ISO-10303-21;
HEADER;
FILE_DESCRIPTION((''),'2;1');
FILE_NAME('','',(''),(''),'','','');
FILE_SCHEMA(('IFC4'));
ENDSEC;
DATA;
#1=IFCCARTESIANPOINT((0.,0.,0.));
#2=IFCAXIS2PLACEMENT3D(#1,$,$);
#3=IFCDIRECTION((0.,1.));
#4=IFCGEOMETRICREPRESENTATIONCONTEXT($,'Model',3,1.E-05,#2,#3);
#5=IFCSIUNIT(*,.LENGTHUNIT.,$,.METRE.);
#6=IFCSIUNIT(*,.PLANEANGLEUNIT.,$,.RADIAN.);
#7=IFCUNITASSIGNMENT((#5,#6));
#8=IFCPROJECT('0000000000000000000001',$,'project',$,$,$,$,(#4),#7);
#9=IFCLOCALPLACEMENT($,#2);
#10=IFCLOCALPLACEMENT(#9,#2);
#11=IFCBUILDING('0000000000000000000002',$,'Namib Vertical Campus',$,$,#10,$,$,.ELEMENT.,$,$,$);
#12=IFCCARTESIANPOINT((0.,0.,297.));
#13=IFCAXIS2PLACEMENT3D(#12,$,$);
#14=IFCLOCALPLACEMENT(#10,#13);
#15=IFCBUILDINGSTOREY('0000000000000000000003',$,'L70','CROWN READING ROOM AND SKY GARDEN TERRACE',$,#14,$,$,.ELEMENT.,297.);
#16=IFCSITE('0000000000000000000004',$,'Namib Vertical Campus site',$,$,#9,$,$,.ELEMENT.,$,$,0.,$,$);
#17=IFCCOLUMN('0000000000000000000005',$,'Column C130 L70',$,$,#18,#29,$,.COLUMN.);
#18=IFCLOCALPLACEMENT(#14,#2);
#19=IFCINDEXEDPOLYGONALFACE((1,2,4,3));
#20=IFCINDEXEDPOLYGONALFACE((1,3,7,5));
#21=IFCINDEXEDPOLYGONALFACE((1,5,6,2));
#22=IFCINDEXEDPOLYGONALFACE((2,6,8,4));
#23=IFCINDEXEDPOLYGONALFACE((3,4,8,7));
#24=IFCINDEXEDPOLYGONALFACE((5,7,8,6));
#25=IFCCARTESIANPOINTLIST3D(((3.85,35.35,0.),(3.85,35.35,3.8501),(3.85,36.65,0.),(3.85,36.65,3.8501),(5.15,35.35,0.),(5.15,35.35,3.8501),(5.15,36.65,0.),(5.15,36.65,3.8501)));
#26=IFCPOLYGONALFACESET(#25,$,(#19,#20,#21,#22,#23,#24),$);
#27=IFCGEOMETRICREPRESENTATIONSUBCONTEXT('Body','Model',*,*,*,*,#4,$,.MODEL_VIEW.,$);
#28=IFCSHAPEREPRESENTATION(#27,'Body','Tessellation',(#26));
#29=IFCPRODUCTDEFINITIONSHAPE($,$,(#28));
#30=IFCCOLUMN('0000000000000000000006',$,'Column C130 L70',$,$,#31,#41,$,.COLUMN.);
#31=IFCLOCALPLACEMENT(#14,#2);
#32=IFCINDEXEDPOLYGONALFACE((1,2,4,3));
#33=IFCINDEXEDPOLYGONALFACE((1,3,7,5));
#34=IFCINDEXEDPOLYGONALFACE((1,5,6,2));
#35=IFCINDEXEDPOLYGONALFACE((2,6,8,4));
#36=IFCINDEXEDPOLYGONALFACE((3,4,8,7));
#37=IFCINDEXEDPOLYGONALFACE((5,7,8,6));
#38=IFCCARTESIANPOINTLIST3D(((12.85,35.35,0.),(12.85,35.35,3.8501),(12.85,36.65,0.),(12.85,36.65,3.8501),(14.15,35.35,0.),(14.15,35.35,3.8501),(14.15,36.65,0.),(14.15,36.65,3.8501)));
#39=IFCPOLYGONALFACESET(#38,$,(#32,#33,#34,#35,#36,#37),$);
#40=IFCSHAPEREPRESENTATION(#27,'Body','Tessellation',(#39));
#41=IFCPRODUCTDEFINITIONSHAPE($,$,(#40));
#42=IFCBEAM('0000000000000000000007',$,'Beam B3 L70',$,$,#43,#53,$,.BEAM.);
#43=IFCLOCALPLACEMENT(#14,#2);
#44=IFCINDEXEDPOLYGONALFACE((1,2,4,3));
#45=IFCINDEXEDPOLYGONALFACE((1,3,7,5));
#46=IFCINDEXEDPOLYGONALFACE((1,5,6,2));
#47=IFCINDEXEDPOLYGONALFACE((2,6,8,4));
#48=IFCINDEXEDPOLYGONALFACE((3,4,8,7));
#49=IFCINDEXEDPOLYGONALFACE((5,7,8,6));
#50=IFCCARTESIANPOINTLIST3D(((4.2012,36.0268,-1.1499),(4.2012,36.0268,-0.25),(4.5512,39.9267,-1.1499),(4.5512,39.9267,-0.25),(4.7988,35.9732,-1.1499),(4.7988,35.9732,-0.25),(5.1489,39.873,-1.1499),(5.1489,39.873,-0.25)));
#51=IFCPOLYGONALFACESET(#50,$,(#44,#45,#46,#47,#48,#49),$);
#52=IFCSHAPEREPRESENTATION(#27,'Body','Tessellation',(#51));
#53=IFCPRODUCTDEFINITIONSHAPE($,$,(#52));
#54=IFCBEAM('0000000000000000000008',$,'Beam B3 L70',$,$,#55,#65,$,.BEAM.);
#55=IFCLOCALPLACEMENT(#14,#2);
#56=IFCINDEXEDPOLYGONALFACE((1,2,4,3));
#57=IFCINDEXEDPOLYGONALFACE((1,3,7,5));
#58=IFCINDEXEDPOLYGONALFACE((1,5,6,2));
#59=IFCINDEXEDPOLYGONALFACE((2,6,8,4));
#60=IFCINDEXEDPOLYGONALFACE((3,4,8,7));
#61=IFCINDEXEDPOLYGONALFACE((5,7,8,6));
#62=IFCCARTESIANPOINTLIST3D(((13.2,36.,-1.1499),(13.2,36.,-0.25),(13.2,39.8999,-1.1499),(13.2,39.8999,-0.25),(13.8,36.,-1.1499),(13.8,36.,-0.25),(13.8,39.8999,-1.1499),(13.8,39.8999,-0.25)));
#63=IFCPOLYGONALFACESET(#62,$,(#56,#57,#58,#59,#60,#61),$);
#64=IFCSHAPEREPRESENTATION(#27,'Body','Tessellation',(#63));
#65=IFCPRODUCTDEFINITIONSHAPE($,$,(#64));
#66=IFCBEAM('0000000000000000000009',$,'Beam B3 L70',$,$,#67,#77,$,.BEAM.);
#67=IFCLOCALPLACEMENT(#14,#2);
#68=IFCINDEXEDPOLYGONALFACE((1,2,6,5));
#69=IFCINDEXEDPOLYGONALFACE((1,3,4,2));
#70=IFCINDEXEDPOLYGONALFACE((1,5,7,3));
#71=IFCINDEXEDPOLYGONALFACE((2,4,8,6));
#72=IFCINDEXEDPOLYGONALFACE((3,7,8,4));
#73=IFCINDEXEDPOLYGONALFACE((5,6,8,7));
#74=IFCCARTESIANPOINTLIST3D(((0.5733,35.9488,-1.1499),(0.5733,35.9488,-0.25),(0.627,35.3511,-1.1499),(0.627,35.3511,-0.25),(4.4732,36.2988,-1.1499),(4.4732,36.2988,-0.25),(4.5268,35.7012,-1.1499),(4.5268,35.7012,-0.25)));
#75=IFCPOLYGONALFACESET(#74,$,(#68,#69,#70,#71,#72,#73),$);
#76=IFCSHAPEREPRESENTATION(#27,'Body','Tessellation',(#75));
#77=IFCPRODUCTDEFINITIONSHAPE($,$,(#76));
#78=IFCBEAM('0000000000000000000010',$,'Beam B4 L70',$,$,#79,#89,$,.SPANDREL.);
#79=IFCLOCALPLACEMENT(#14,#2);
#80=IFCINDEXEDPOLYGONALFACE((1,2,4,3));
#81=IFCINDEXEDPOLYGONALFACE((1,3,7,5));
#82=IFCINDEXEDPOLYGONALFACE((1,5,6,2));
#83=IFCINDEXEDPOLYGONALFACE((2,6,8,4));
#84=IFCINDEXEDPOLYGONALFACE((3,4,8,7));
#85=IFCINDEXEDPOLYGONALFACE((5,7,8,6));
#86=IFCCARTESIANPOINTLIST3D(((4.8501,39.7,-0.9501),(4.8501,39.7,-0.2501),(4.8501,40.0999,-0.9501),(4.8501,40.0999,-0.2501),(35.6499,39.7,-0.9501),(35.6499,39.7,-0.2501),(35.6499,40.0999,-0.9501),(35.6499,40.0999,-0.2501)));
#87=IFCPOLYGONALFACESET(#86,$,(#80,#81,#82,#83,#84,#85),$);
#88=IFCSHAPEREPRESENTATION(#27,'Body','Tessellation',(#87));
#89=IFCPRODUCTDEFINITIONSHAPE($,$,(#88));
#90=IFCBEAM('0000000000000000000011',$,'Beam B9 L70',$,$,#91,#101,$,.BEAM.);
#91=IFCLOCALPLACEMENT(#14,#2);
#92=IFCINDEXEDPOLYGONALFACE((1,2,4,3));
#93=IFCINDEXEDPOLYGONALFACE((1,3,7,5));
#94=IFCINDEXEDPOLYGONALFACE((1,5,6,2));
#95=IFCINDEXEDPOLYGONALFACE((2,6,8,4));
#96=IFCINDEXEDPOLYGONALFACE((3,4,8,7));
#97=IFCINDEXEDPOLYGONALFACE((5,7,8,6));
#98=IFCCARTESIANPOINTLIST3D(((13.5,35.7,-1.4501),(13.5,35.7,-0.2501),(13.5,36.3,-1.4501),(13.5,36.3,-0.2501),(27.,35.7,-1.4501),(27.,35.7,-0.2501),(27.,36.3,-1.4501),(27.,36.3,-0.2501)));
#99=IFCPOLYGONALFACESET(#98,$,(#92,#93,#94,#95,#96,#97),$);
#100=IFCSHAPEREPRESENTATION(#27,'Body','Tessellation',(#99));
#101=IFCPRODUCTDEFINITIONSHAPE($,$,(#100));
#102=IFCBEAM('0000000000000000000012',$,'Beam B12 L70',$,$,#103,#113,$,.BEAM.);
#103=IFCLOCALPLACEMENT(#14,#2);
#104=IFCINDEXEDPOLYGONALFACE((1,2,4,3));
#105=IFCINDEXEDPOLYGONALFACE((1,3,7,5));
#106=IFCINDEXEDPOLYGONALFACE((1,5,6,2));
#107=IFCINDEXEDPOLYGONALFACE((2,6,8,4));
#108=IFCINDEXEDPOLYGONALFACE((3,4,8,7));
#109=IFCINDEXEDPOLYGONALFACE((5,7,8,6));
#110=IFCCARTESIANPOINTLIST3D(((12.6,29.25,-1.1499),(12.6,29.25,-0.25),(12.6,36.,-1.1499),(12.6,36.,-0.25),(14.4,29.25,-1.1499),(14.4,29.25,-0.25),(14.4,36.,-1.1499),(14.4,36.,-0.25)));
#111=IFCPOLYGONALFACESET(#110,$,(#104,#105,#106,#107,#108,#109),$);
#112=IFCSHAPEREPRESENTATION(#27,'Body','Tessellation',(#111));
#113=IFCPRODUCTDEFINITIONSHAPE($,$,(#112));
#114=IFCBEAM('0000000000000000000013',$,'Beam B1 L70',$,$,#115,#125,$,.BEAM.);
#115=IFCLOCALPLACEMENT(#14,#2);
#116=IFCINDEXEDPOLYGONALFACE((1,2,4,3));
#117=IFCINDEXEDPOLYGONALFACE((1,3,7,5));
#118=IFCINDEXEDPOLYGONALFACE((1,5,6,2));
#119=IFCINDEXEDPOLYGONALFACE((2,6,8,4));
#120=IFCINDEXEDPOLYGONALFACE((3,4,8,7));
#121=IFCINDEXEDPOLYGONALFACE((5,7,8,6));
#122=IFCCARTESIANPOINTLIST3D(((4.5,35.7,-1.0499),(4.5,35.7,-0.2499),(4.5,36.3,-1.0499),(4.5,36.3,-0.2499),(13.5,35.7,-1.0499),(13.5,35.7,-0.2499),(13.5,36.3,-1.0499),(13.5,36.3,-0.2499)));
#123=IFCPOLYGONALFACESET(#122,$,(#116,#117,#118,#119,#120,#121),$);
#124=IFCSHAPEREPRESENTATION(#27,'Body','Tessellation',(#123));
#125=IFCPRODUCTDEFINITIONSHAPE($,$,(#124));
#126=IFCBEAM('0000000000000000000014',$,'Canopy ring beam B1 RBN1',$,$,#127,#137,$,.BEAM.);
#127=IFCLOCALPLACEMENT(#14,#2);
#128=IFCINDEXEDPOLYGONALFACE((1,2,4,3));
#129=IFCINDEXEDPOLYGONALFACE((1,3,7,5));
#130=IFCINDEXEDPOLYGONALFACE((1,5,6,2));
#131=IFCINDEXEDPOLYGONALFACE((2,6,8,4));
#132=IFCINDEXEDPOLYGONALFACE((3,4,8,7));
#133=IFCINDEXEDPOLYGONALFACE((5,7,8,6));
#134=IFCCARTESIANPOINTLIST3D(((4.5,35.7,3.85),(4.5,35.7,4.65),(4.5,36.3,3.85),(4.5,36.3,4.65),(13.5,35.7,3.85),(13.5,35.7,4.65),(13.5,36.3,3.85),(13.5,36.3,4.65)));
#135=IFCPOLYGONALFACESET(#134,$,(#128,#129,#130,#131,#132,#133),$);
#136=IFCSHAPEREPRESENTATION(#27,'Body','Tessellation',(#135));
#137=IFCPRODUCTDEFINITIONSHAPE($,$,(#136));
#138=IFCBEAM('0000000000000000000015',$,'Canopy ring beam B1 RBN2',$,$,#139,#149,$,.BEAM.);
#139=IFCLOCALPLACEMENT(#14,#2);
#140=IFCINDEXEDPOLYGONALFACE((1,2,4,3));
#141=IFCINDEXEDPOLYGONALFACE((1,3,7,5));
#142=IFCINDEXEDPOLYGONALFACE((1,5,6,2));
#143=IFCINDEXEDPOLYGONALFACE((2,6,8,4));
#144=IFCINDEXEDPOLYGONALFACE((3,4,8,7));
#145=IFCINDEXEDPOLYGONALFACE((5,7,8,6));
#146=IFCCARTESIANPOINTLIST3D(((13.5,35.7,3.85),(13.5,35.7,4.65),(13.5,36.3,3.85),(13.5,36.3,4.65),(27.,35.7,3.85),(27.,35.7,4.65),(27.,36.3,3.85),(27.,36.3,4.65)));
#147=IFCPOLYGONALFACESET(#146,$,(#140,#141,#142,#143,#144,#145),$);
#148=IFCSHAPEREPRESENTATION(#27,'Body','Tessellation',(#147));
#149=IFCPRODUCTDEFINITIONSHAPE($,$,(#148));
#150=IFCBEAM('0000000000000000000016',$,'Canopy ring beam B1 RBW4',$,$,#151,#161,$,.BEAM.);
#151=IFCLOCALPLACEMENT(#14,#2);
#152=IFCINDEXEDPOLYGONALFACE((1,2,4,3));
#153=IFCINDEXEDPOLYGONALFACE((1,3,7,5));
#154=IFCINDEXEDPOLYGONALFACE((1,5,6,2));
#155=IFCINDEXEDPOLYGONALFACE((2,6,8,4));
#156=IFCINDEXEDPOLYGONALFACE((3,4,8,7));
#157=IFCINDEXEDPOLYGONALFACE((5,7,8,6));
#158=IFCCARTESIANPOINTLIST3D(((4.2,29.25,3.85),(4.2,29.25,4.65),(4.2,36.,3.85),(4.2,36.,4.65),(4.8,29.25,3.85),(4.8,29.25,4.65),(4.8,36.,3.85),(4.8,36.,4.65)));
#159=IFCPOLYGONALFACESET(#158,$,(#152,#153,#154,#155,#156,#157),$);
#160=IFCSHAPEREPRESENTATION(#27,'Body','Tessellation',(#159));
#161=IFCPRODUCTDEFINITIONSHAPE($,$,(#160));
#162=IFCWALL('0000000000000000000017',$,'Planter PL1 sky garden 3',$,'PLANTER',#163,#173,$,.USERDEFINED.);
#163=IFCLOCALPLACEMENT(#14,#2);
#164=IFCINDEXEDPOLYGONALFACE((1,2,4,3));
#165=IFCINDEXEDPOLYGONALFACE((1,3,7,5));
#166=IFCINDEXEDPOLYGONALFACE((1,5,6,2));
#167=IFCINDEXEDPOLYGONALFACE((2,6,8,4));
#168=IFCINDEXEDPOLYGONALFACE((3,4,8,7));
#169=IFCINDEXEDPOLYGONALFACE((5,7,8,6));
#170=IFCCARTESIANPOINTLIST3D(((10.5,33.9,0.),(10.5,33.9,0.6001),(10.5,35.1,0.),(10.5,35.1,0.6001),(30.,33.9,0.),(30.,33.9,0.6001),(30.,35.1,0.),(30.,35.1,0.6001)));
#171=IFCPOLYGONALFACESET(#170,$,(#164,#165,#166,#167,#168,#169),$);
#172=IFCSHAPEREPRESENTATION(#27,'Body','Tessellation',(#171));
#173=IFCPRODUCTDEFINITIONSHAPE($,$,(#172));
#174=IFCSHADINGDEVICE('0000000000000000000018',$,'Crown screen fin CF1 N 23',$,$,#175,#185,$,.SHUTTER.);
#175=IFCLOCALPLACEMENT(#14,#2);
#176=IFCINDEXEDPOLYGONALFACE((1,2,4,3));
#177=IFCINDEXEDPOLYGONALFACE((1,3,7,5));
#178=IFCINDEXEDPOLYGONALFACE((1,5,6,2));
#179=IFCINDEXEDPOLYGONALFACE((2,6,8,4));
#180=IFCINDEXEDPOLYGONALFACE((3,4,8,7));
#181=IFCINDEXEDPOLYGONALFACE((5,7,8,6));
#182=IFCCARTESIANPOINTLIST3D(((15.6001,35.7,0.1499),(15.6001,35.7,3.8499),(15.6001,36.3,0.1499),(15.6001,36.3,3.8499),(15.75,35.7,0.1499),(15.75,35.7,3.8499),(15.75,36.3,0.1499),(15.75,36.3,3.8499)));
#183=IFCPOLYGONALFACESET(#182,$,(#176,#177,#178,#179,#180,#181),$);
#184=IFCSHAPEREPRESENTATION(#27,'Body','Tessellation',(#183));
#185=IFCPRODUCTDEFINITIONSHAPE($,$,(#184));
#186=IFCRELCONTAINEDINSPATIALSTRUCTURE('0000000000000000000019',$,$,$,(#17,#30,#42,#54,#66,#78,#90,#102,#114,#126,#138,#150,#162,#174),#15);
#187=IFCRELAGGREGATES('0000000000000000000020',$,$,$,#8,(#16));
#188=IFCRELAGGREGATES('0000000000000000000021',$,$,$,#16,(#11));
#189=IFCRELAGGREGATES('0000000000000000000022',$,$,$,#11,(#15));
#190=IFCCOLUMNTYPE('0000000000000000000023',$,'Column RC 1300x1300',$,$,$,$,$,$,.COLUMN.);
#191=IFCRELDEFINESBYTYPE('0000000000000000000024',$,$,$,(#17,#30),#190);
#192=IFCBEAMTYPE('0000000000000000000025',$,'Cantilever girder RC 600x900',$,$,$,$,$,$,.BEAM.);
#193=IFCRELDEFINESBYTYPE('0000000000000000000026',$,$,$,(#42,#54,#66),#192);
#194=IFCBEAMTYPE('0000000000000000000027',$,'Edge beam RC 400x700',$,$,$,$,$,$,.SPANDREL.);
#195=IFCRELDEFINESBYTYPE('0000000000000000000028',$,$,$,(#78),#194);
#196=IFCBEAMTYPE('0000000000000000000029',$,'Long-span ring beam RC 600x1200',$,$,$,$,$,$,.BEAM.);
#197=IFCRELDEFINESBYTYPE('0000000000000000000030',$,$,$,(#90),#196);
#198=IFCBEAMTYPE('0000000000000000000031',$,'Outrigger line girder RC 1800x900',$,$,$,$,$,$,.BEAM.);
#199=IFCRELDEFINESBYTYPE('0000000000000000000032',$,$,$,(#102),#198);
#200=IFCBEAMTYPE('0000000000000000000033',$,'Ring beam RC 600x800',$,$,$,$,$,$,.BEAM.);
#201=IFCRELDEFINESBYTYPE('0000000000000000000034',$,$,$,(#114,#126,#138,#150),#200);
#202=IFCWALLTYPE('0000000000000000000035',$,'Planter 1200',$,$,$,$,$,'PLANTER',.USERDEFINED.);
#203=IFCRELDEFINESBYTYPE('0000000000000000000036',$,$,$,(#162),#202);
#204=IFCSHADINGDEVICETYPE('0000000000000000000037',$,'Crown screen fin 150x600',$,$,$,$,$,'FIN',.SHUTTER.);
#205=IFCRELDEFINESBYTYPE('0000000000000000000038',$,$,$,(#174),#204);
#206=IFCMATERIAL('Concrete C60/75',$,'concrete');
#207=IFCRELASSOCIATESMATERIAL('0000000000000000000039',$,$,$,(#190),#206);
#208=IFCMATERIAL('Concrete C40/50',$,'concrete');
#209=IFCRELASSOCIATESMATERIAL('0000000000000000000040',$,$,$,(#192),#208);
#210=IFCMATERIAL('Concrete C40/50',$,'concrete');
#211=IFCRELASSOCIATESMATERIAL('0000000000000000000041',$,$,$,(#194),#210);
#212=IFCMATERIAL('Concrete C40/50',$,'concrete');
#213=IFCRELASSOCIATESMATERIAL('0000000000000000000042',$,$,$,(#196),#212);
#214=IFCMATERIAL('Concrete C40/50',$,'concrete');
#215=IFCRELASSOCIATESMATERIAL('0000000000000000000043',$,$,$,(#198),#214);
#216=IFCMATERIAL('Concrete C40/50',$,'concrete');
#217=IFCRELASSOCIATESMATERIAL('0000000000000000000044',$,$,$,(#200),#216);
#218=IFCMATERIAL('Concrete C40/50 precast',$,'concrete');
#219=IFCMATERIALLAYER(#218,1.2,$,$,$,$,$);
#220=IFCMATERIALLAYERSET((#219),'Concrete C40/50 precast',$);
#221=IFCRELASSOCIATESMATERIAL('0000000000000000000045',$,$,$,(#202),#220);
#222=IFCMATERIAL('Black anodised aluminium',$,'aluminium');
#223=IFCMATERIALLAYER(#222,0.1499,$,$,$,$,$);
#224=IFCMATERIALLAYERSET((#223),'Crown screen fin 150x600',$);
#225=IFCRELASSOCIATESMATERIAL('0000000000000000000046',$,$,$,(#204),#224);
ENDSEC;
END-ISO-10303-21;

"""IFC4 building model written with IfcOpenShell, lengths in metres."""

from ifc_helpers import new_model, si_unit, direction, frame, frame_2d, origin, origin_2d, place, context, subcontext, project, spatial, rectangle, extrude, material, layer, layer_set, material_profile, profile_set, type_object, element, save


model = new_model("IFC4")

# Units and contexts
model_context = context("Model", 3, precision=1e-05, world=origin(), true_north=direction((0.0, 1.0)))
body_context = subcontext(model_context, "Body", "Model", "MODEL_VIEW")
ifc_project = project(units=[si_unit("LENGTHUNIT", "METRE"), si_unit("PLANEANGLEUNIT", "RADIAN")], contexts=[model_context])

# Site, building, storey
site_placement = place(None, origin())
site = spatial("IfcSite", under=ifc_project, at=site_placement, Name="Namib Vertical Campus site", CompositionType="ELEMENT", RefElevation=0.0)
building_placement = place(site_placement, origin())
building = spatial("IfcBuilding", under=site, at=building_placement, Name="Namib Vertical Campus", CompositionType="ELEMENT")
storey_placement = place(building_placement, frame((0.0, 0.0, 297.0)))
storey = spatial("IfcBuildingStorey", under=building, at=storey_placement, Name="L70", Description="CROWN READING ROOM AND SKY GARDEN TERRACE", CompositionType="ELEMENT", Elevation=297.0)

# Columns
ifc_material_1 = material(Name="Concrete C60/75", Category="concrete")
ifc_material_profile_1 = material_profile(ifc_material_1, rectangle(XDim=1.3, YDim=1.3, at=origin_2d()))
ifc_profile_set_1 = profile_set([ifc_material_profile_1], Name="Concrete C60/75")
column_type = type_object("IfcColumnType", Name="Column RC 1300x1300", PredefinedType="COLUMN", material=ifc_profile_set_1)
for number, where, z_axis, x_axis, name in (
    (1, (4.5, 36.0, 0.0), (0.0, 0.0, 1.0), (1.0, 0.0, 0.0), "Column C130 L70"),
    (2, (13.5, 36.0, 0.0), (0.0, 0.0, 1.0), (1.0, 0.0, 0.0), "Column C130 L70"),
):
    element("IfcColumn", number, at=place(storey_placement, frame(where, z_axis=z_axis, x_axis=x_axis)), inside=storey, type_object=column_type, Name=name, PredefinedType="COLUMN", context=body_context, shape_type="SweptSolid", body=[
        extrude(rectangle(XDim=1.3, YDim=1.3, at=origin_2d()), origin(), (0.0, 0.0, 1.0), 3.8501),
    ])

# Beams
ifc_material_2 = material(Name="Concrete C40/50", Category="concrete")
ifc_material_profile_2 = material_profile(ifc_material_2, rectangle(XDim=0.6001, YDim=0.8999, at=origin_2d()))
ifc_profile_set_2 = profile_set([ifc_material_profile_2], Name="Concrete C40/50")
beam_type_1 = type_object("IfcBeamType", Name="Cantilever girder RC 600x900", PredefinedType="BEAM", material=ifc_profile_set_2)
beam_1_placement = place(storey_placement, frame((4.5, 36.0, -0.7), z_axis=(0.089411, 0.995995, 0.0), x_axis=(-0.995995, 0.089411, 0.0)))
element("IfcBeam", 3, at=beam_1_placement, inside=storey, type_object=beam_type_1, Name="Beam B3 L70", PredefinedType="BEAM", context=body_context, shape_type="SweptSolid", body=[
    extrude(rectangle(XDim=0.6001, YDim=0.8999, at=origin_2d()), origin(), (0.0, 0.0, 1.0), 3.9155),
])
beam_2_placement = place(storey_placement, frame((13.5, 36.0, -0.7), z_axis=(0.0, 1.0, 0.0), x_axis=(-1.0, 0.0, 0.0)))
element("IfcBeam", 4, at=beam_2_placement, inside=storey, type_object=beam_type_1, Name="Beam B3 L70", PredefinedType="BEAM", context=body_context, shape_type="SweptSolid", body=[
    extrude(rectangle(XDim=0.6001, YDim=0.8999, at=origin_2d()), origin(), (0.0, 0.0, 1.0), 3.8999),
])
beam_3_placement = place(storey_placement, frame((4.5, 36.0, -0.7), z_axis=(-0.995995, -0.089411, 0.0), x_axis=(0.089411, -0.995995, 0.0)))
element("IfcBeam", 5, at=beam_3_placement, inside=storey, type_object=beam_type_1, Name="Beam B3 L70", PredefinedType="BEAM", context=body_context, shape_type="SweptSolid", body=[
    extrude(rectangle(XDim=0.6001, YDim=0.8999, at=origin_2d()), origin(), (0.0, 0.0, 1.0), 3.9155),
])
ifc_material_3 = material(Name="Concrete C40/50", Category="concrete")
ifc_material_profile_3 = material_profile(ifc_material_3, rectangle(XDim=0.3999, YDim=0.7, at=origin_2d()))
ifc_profile_set_3 = profile_set([ifc_material_profile_3], Name="Concrete C40/50")
beam_type_2 = type_object("IfcBeamType", Name="Edge beam RC 400x700", PredefinedType="SPANDREL", material=ifc_profile_set_3)
beam_4_placement = place(storey_placement, frame((4.8501, 39.8999, -0.6001), z_axis=(1.0, 0.0, 0.0), x_axis=(0.0, 1.0, 0.0)))
element("IfcBeam", 6, at=beam_4_placement, inside=storey, type_object=beam_type_2, Name="Beam B4 L70", PredefinedType="SPANDREL", context=body_context, shape_type="SweptSolid", body=[
    extrude(rectangle(XDim=0.3999, YDim=0.7, at=origin_2d()), origin(), (0.0, 0.0, 1.0), 30.7998),
])
ifc_material_4 = material(Name="Concrete C40/50", Category="concrete")
ifc_material_profile_4 = material_profile(ifc_material_4, rectangle(XDim=0.6001, YDim=1.2, at=origin_2d()))
ifc_profile_set_4 = profile_set([ifc_material_profile_4], Name="Concrete C40/50")
beam_type_3 = type_object("IfcBeamType", Name="Long-span ring beam RC 600x1200", PredefinedType="BEAM", material=ifc_profile_set_4)
beam_5_placement = place(storey_placement, frame((13.5, 36.0, -0.8501), z_axis=(1.0, 0.0, 0.0), x_axis=(0.0, 1.0, 0.0)))
element("IfcBeam", 7, at=beam_5_placement, inside=storey, type_object=beam_type_3, Name="Beam B9 L70", PredefinedType="BEAM", context=body_context, shape_type="SweptSolid", body=[
    extrude(rectangle(XDim=0.6001, YDim=1.2, at=origin_2d()), origin(), (0.0, 0.0, 1.0), 13.5),
])
ifc_material_5 = material(Name="Concrete C40/50", Category="concrete")
ifc_material_profile_5 = material_profile(ifc_material_5, rectangle(XDim=1.8, YDim=0.8999, at=origin_2d()))
ifc_profile_set_5 = profile_set([ifc_material_profile_5], Name="Concrete C40/50")
beam_type_4 = type_object("IfcBeamType", Name="Outrigger line girder RC 1800x900", PredefinedType="BEAM", material=ifc_profile_set_5)
beam_6_placement = place(storey_placement, frame((13.5, 36.0, -0.7), z_axis=(0.0, -1.0, 0.0), x_axis=(1.0, 0.0, 0.0)))
element("IfcBeam", 8, at=beam_6_placement, inside=storey, type_object=beam_type_4, Name="Beam B12 L70", PredefinedType="BEAM", context=body_context, shape_type="SweptSolid", body=[
    extrude(rectangle(XDim=1.8, YDim=0.8999, at=origin_2d()), origin(), (0.0, 0.0, 1.0), 6.75),
])
ifc_material_6 = material(Name="Concrete C40/50", Category="concrete")
ifc_material_profile_6 = material_profile(ifc_material_6, rectangle(XDim=0.6001, YDim=0.8, at=origin_2d()))
ifc_profile_set_6 = profile_set([ifc_material_profile_6], Name="Concrete C40/50")
beam_type_5 = type_object("IfcBeamType", Name="Ring beam RC 600x800", PredefinedType="BEAM", material=ifc_profile_set_6)
for number, where, z_axis, x_axis, name in (
    (9, (4.5, 36.0, -0.6499), (1.0, 0.0, 0.0), (0.0, 1.0, 0.0), "Beam B1 L70"),
    (10, (4.5, 36.0, 4.25), (1.0, 0.0, 0.0), (0.0, 1.0, 0.0), "Canopy ring beam B1 RBN1"),
):
    element("IfcBeam", number, at=place(storey_placement, frame(where, z_axis=z_axis, x_axis=x_axis)), inside=storey, type_object=beam_type_5, Name=name, PredefinedType="BEAM", context=body_context, shape_type="SweptSolid", body=[
        extrude(rectangle(XDim=0.6001, YDim=0.8, at=origin_2d()), origin(), (0.0, 0.0, 1.0), 9.0),
    ])
beam_7_placement = place(storey_placement, frame((13.5, 36.0, 4.25), z_axis=(1.0, 0.0, 0.0), x_axis=(0.0, 1.0, 0.0)))
element("IfcBeam", 11, at=beam_7_placement, inside=storey, type_object=beam_type_5, Name="Canopy ring beam B1 RBN2", PredefinedType="BEAM", context=body_context, shape_type="SweptSolid", body=[
    extrude(rectangle(XDim=0.6001, YDim=0.8, at=origin_2d()), origin(), (0.0, 0.0, 1.0), 13.5),
])
beam_8_placement = place(storey_placement, frame((4.5, 29.25, 4.25), z_axis=(0.0, 1.0, 0.0), x_axis=(-1.0, 0.0, 0.0)))
element("IfcBeam", 12, at=beam_8_placement, inside=storey, type_object=beam_type_5, Name="Canopy ring beam B1 RBW4", PredefinedType="BEAM", context=body_context, shape_type="SweptSolid", body=[
    extrude(rectangle(XDim=0.6001, YDim=0.8, at=origin_2d()), origin(), (0.0, 0.0, 1.0), 6.75),
])

# Wall
ifc_material_7 = material(Name="Concrete C40/50 precast", Category="concrete")
ifc_layer_1 = layer(ifc_material_7, 1.2)
ifc_layer_set_1 = layer_set([ifc_layer_1], Name="Concrete C40/50 precast")
wall_type = type_object("IfcWallType", Name="Planter 1200", ElementType="PLANTER", PredefinedType="USERDEFINED", material=ifc_layer_set_1)
wall_placement = place(storey_placement, frame((10.5, 34.5, 0.0), z_axis=(0.0, 0.0, 1.0), x_axis=(1.0, 0.0, 0.0)))
element("IfcWall", 13, at=wall_placement, inside=storey, type_object=wall_type, Name="Planter PL1 sky garden 3", ObjectType="PLANTER", PredefinedType="USERDEFINED", context=body_context, shape_type="SweptSolid", body=[
    extrude(rectangle(XDim=19.5, YDim=1.2, at=frame_2d((9.75, 0.0))), origin(), (0.0, 0.0, 1.0), 0.6001),
])

# Shading device
ifc_material_8 = material(Name="Black anodised aluminium", Category="aluminium")
ifc_layer_2 = layer(ifc_material_8, 0.1499)
ifc_layer_set_2 = layer_set([ifc_layer_2], Name="Crown screen fin 150x600")
shading_device_type = type_object("IfcShadingDeviceType", Name="Crown screen fin 150x600", ElementType="FIN", PredefinedType="SHUTTER", material=ifc_layer_set_2)
for number, where, z_axis, x_axis, name in (
    (14, (15.675, 36.0, 0.1499), (0.0, 0.0, 1.0), (-1.0, 0.0, 0.0), "Crown screen fin CF1 N 23"),
):
    element("IfcShadingDevice", number, at=place(storey_placement, frame(where, z_axis=z_axis, x_axis=x_axis)), inside=storey, type_object=shading_device_type, Name=name, PredefinedType="SHUTTER", context=body_context, shape_type="SweptSolid", body=[
        extrude(rectangle(XDim=0.1499, YDim=0.6001, at=origin_2d()), origin(), (0.0, 0.0, 1.0), 3.7),
    ])

save(model, "model.ifc")
